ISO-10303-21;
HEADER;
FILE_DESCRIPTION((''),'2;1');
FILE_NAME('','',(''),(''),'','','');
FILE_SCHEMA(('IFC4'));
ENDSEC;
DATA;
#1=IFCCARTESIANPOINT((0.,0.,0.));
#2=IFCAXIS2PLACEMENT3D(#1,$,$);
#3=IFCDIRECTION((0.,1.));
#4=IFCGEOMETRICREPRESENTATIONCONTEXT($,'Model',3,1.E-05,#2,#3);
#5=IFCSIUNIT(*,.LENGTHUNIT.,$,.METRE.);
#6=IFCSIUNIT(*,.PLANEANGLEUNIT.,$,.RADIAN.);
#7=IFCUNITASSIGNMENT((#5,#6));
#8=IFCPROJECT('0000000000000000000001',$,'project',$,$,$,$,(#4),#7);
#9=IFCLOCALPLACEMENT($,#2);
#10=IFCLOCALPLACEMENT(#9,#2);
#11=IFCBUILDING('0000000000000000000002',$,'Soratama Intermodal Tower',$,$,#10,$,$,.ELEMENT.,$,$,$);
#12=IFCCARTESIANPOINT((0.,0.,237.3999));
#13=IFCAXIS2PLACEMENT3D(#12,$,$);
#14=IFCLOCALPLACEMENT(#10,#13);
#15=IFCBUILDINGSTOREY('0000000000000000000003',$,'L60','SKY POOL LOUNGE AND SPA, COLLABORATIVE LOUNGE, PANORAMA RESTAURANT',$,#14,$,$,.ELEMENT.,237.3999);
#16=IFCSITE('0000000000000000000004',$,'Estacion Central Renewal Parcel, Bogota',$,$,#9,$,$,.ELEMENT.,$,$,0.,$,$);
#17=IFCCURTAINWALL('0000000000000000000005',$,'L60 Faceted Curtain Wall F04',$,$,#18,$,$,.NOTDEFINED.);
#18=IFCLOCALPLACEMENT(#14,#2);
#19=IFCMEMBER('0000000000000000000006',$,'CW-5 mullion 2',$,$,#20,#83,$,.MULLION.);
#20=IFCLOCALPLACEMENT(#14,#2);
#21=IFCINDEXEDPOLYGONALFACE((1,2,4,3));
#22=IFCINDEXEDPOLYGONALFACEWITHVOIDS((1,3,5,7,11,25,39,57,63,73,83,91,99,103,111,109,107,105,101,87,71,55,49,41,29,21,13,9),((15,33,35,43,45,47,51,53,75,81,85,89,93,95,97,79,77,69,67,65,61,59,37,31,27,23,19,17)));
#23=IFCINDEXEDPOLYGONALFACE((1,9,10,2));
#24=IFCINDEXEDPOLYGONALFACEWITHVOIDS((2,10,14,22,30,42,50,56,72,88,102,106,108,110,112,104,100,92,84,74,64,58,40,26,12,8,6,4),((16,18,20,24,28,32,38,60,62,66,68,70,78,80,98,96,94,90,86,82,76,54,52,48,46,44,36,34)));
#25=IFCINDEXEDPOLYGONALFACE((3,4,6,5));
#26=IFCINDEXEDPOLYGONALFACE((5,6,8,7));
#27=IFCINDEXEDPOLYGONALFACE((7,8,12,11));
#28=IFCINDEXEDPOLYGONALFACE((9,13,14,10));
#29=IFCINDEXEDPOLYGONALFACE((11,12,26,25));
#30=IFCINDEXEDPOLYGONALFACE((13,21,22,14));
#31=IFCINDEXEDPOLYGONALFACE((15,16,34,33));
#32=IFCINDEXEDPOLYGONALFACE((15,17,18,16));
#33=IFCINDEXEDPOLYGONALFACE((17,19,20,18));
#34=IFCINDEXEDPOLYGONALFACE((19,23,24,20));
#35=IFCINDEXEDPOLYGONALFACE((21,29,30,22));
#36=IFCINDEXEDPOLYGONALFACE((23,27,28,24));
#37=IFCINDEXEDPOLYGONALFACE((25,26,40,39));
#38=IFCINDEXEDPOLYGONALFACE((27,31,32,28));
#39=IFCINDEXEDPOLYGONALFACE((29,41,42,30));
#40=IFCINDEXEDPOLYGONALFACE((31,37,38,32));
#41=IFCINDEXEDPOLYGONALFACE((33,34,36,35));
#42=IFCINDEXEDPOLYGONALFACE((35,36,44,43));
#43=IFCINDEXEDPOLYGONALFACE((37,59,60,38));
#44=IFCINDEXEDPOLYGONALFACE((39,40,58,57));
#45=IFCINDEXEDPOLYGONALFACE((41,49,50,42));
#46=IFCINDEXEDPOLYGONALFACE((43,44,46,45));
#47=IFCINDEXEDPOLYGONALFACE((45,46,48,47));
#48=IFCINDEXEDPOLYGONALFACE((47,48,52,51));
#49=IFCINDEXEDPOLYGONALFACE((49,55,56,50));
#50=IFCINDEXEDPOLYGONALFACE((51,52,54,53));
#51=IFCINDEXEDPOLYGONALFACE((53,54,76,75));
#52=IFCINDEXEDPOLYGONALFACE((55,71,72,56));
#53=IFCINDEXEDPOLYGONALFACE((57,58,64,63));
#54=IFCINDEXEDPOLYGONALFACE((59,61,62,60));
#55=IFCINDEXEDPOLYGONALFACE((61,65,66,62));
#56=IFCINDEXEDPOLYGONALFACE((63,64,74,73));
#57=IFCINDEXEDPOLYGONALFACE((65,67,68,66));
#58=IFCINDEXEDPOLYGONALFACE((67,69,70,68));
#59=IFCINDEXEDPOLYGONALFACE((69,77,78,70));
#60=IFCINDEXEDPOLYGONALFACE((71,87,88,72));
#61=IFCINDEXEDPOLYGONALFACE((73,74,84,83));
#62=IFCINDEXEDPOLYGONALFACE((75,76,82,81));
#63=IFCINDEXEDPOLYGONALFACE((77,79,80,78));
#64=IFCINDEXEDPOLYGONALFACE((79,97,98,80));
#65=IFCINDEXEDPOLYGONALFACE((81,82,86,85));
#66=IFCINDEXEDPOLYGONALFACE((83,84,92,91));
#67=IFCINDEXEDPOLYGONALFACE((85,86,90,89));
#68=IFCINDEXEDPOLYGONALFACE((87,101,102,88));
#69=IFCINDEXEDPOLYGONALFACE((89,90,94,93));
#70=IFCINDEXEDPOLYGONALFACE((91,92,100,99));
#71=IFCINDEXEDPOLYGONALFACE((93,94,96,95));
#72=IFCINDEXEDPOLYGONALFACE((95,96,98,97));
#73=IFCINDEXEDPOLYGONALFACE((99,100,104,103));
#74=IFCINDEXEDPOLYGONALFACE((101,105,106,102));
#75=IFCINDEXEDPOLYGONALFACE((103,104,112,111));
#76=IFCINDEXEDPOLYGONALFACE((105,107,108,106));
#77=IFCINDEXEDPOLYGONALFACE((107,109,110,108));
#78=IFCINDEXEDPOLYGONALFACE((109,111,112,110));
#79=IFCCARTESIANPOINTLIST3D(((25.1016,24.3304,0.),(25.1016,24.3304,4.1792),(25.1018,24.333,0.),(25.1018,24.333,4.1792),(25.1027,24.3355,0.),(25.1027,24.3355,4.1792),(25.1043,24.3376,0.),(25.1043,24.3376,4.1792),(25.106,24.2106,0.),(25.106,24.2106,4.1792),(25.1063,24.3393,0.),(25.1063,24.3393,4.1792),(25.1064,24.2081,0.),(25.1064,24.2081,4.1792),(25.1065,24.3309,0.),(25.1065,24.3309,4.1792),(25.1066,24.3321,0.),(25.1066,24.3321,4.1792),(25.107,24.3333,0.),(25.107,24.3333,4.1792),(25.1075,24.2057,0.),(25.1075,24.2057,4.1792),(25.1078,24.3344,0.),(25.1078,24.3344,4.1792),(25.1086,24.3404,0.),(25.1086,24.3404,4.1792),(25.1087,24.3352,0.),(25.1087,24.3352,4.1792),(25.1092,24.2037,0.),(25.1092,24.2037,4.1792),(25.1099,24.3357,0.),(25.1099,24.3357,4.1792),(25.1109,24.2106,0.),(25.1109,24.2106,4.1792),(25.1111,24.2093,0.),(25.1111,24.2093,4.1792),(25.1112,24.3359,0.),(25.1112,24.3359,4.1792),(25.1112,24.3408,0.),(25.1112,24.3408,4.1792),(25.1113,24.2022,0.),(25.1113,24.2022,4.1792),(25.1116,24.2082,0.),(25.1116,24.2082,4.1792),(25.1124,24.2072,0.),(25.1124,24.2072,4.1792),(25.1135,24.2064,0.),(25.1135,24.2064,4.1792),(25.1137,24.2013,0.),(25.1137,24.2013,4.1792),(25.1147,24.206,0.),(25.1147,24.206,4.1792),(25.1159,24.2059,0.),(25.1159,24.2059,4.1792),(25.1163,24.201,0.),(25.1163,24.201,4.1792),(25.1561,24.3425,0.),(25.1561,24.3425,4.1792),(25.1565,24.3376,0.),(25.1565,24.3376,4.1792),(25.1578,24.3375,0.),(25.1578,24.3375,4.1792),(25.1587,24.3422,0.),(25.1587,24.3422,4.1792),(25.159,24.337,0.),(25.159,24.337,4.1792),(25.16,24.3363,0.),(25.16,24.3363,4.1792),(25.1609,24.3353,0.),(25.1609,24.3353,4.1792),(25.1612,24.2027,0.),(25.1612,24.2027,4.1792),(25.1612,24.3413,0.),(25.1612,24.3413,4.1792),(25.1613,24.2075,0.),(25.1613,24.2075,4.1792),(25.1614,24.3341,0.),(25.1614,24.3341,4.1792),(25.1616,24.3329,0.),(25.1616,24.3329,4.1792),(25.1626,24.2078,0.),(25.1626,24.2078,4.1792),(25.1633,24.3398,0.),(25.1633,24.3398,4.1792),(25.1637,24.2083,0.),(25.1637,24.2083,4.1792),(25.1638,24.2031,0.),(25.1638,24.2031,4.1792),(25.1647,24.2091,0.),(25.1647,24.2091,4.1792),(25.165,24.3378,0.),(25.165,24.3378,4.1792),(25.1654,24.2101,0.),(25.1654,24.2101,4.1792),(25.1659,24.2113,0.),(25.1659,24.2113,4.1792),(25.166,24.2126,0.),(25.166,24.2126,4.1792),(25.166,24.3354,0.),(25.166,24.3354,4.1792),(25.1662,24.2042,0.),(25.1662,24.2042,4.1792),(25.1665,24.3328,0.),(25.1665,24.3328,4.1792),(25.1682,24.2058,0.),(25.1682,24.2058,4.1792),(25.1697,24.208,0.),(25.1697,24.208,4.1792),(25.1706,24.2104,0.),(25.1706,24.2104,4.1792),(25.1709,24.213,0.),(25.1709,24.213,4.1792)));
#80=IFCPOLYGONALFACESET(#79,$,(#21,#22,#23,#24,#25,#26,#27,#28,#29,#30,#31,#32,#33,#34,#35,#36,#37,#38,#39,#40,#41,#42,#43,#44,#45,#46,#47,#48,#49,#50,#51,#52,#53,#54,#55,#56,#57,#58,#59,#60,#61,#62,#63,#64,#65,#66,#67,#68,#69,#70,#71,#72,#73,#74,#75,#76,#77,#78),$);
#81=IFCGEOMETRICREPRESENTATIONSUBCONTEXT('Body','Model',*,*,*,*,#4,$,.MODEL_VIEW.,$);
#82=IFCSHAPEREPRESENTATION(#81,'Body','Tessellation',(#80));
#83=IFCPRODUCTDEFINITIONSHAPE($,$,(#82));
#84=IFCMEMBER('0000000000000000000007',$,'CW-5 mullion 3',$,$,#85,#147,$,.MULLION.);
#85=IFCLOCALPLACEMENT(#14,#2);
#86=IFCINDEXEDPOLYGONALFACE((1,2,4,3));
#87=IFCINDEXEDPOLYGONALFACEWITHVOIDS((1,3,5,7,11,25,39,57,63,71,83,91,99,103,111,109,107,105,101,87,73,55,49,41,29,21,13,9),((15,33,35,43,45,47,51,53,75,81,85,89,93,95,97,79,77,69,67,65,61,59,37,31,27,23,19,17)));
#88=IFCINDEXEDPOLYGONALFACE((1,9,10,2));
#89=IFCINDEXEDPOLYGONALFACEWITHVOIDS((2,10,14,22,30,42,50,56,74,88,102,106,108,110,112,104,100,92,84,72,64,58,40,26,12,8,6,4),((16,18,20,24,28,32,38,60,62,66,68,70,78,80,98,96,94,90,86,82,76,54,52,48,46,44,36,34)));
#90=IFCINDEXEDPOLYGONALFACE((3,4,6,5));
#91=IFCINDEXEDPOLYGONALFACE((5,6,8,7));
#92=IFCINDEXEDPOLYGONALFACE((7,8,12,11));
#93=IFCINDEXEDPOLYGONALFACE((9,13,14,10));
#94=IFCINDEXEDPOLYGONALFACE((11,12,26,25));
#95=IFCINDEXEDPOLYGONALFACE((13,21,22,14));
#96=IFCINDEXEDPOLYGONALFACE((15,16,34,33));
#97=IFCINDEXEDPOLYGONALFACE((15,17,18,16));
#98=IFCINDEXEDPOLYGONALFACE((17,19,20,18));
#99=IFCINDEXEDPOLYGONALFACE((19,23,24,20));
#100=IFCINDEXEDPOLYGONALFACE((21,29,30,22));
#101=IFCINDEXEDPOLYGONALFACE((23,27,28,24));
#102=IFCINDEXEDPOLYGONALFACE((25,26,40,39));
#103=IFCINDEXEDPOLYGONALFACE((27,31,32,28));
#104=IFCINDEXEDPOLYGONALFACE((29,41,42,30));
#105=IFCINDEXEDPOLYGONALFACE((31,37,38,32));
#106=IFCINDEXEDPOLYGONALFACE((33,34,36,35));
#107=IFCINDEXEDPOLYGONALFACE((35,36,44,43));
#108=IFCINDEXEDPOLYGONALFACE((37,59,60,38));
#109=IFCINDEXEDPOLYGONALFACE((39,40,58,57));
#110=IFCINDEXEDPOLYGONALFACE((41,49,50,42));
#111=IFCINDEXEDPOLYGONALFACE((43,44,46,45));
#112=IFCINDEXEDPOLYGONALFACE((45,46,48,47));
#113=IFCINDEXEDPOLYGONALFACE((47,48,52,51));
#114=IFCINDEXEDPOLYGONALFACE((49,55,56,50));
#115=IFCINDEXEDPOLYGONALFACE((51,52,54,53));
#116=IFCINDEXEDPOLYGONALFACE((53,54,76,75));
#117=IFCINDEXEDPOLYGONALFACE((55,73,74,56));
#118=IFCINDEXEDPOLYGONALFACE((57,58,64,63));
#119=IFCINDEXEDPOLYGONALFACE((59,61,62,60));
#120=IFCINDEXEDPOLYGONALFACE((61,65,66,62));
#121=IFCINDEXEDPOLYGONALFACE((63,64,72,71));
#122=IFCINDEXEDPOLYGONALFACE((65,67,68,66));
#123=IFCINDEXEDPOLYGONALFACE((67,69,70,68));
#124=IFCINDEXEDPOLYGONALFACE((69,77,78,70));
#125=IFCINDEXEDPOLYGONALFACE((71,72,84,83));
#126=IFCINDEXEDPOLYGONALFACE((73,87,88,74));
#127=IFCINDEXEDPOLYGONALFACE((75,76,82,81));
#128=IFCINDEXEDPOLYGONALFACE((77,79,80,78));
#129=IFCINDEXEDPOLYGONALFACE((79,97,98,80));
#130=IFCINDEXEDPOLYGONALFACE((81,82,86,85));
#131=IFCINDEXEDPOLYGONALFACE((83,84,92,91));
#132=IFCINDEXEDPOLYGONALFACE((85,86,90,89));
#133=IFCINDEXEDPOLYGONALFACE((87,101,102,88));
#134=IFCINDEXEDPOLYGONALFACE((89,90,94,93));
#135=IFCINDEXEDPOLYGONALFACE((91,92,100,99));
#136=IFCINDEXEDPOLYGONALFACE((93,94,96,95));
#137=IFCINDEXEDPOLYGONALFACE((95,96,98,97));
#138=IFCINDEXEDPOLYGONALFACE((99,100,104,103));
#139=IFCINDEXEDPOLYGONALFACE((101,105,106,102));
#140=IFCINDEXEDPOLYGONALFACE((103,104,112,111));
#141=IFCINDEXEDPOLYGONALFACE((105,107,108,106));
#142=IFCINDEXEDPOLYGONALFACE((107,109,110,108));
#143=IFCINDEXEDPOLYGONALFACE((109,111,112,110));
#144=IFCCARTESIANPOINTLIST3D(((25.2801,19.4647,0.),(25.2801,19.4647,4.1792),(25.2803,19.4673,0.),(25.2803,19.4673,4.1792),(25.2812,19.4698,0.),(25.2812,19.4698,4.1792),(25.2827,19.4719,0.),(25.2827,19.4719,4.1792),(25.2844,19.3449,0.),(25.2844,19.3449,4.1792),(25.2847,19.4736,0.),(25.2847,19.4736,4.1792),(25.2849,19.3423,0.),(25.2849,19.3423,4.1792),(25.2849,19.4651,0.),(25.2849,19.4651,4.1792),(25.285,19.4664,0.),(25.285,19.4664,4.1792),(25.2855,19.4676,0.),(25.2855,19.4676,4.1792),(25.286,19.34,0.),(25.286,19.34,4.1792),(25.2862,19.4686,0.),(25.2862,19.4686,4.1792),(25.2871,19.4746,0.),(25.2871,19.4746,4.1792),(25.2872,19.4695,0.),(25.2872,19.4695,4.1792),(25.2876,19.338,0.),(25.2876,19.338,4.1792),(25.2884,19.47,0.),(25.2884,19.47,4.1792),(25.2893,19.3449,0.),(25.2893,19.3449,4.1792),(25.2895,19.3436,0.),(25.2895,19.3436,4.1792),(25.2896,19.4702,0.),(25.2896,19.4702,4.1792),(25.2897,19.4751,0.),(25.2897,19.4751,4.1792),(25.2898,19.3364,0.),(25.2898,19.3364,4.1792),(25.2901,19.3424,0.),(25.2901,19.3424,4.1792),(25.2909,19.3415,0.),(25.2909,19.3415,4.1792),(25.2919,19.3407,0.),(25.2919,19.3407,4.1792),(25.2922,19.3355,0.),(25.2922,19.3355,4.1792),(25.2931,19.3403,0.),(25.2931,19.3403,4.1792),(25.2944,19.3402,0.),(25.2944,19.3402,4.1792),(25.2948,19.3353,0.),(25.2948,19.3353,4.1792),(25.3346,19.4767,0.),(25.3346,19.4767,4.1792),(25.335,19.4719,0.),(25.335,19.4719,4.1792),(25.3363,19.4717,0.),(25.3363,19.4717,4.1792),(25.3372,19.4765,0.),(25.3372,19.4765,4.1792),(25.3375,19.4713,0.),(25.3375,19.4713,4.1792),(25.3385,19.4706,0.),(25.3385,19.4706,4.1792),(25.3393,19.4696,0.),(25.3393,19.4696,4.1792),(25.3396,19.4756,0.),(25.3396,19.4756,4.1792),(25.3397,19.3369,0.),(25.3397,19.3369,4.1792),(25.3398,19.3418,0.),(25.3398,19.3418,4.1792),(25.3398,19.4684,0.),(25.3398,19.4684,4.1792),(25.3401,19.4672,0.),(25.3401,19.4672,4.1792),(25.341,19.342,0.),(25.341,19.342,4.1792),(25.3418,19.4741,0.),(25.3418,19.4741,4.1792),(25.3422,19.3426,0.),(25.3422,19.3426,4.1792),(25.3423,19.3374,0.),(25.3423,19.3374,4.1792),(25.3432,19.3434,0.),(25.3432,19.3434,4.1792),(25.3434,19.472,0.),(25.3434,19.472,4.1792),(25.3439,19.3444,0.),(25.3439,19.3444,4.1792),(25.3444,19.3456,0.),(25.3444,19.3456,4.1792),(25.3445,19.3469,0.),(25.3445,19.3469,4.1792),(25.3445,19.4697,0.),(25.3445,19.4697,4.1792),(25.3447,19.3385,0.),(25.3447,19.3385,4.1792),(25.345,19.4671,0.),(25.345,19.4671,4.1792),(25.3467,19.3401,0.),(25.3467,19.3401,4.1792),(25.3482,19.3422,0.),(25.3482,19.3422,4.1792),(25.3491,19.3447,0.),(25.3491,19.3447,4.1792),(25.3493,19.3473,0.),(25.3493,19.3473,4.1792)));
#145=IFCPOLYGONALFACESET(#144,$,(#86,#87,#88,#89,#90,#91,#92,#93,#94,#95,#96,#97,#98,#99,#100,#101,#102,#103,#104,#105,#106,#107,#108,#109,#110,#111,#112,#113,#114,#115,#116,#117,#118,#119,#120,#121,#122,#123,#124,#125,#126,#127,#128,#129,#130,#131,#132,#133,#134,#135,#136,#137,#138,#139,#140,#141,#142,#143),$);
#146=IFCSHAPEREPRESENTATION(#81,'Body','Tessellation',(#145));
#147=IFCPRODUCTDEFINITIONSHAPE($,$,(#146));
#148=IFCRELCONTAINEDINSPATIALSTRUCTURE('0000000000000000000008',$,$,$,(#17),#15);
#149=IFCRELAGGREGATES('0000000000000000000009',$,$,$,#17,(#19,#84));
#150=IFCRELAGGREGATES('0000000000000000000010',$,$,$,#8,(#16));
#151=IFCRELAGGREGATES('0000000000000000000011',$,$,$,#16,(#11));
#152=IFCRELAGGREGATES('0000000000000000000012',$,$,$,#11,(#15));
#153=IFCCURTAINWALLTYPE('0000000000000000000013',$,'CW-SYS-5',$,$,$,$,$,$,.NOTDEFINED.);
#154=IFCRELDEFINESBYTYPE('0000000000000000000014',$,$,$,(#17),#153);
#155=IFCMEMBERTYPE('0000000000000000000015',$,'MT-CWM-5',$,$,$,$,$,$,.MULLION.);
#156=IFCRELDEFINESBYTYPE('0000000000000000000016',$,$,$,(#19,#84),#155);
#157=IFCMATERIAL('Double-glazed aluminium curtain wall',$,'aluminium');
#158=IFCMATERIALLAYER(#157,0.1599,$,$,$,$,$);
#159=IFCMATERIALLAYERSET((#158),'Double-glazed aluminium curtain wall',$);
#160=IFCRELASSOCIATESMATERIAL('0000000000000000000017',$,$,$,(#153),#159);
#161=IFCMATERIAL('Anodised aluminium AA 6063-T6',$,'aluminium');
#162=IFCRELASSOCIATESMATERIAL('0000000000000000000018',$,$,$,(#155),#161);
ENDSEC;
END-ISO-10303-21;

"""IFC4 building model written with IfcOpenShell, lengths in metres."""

from ifc_helpers import new_model, si_unit, direction, frame, origin, origin_2d, place, context, subcontext, project, spatial, hollow_rectangle, extrude, material, layer, layer_set, material_profile, profile_set, type_object, element, aggregate, save


model = new_model("IFC4")

# Units and contexts
model_context = context("Model", 3, precision=1e-05, world=origin(), true_north=direction((0.0, 1.0)))
body_context = subcontext(model_context, "Body", "Model", "MODEL_VIEW")
ifc_project = project(units=[si_unit("LENGTHUNIT", "METRE"), si_unit("PLANEANGLEUNIT", "RADIAN")], contexts=[model_context])

# Site, building, storey
site_placement = place(None, origin())
site = spatial("IfcSite", under=ifc_project, at=site_placement, Name="Estacion Central Renewal Parcel, Bogota", CompositionType="ELEMENT", RefElevation=0.0)
building_placement = place(site_placement, origin())
building = spatial("IfcBuilding", under=site, at=building_placement, Name="Soratama Intermodal Tower", CompositionType="ELEMENT")
storey_placement = place(building_placement, frame((0.0, 0.0, 237.3999)))
storey = spatial("IfcBuildingStorey", under=building, at=storey_placement, Name="L60", Description="SKY POOL LOUNGE AND SPA, COLLABORATIVE LOUNGE, PANORAMA RESTAURANT", CompositionType="ELEMENT", Elevation=237.3999)

# Curtain wall, members
ifc_material_1 = material(Name="Double-glazed aluminium curtain wall", Category="aluminium")
ifc_layer_1 = layer(ifc_material_1, 0.1599)
ifc_layer_set_1 = layer_set([ifc_layer_1], Name="Double-glazed aluminium curtain wall")
curtain_wall_type = type_object("IfcCurtainWallType", Name="CW-SYS-5", PredefinedType="NOTDEFINED", material=ifc_layer_set_1)
curtain_wall_1_placement = place(storey_placement, origin())
curtain_wall_1 = element("IfcCurtainWall", 1, at=curtain_wall_1_placement, inside=storey, type_object=curtain_wall_type, Name="L60 Faceted Curtain Wall F04", PredefinedType="NOTDEFINED")
ifc_material_2 = material(Name="Anodised aluminium AA 6063-T6", Category="aluminium")
ifc_material_profile_1 = material_profile(ifc_material_2, hollow_rectangle(XDim=0.0649, YDim=0.1399, WallThickness=0.0049, InnerFilletRadius=0.0049, OuterFilletRadius=0.01, at=origin_2d()), Name="CWM140X65X5")
ifc_profile_set_1 = profile_set([ifc_material_profile_1], Name="Anodised aluminium AA 6063-T6")
member_type_1 = type_object("IfcMemberType", Name="MT-CWM-5", PredefinedType="MULLION", material=ifc_profile_set_1)
member_1_placement = place(storey_placement, frame((25.1362, 24.2717, 0.0), z_axis=(0.0, 0.0, 1.0), x_axis=(0.999328, 0.036641, 0.0)))
member_1 = element("IfcMember", 2, at=member_1_placement, type_object=member_type_1, Name="CW-5 mullion 2", PredefinedType="MULLION", context=body_context, shape_type="SweptSolid", body=[
    extrude(hollow_rectangle(XDim=0.0649, YDim=0.1399, WallThickness=0.0049, InnerFilletRadius=0.0049, OuterFilletRadius=0.01, at=origin_2d()), origin(), (0.0, 0.0, 1.0), 4.1792),
])
member_2_placement = place(storey_placement, frame((25.3147, 19.406, 0.0), z_axis=(0.0, 0.0, 1.0), x_axis=(0.999328, 0.036641, 0.0)))
member_2 = element("IfcMember", 3, at=member_2_placement, type_object=member_type_1, Name="CW-5 mullion 3", PredefinedType="MULLION", context=body_context, shape_type="SweptSolid", body=[
    extrude(hollow_rectangle(XDim=0.0649, YDim=0.1399, WallThickness=0.0049, InnerFilletRadius=0.0049, OuterFilletRadius=0.01, at=origin_2d()), origin(), (0.0, 0.0, 1.0), 4.1792),
])

aggregate(curtain_wall_1, [member_1, member_2])

save(model, "model.ifc")
